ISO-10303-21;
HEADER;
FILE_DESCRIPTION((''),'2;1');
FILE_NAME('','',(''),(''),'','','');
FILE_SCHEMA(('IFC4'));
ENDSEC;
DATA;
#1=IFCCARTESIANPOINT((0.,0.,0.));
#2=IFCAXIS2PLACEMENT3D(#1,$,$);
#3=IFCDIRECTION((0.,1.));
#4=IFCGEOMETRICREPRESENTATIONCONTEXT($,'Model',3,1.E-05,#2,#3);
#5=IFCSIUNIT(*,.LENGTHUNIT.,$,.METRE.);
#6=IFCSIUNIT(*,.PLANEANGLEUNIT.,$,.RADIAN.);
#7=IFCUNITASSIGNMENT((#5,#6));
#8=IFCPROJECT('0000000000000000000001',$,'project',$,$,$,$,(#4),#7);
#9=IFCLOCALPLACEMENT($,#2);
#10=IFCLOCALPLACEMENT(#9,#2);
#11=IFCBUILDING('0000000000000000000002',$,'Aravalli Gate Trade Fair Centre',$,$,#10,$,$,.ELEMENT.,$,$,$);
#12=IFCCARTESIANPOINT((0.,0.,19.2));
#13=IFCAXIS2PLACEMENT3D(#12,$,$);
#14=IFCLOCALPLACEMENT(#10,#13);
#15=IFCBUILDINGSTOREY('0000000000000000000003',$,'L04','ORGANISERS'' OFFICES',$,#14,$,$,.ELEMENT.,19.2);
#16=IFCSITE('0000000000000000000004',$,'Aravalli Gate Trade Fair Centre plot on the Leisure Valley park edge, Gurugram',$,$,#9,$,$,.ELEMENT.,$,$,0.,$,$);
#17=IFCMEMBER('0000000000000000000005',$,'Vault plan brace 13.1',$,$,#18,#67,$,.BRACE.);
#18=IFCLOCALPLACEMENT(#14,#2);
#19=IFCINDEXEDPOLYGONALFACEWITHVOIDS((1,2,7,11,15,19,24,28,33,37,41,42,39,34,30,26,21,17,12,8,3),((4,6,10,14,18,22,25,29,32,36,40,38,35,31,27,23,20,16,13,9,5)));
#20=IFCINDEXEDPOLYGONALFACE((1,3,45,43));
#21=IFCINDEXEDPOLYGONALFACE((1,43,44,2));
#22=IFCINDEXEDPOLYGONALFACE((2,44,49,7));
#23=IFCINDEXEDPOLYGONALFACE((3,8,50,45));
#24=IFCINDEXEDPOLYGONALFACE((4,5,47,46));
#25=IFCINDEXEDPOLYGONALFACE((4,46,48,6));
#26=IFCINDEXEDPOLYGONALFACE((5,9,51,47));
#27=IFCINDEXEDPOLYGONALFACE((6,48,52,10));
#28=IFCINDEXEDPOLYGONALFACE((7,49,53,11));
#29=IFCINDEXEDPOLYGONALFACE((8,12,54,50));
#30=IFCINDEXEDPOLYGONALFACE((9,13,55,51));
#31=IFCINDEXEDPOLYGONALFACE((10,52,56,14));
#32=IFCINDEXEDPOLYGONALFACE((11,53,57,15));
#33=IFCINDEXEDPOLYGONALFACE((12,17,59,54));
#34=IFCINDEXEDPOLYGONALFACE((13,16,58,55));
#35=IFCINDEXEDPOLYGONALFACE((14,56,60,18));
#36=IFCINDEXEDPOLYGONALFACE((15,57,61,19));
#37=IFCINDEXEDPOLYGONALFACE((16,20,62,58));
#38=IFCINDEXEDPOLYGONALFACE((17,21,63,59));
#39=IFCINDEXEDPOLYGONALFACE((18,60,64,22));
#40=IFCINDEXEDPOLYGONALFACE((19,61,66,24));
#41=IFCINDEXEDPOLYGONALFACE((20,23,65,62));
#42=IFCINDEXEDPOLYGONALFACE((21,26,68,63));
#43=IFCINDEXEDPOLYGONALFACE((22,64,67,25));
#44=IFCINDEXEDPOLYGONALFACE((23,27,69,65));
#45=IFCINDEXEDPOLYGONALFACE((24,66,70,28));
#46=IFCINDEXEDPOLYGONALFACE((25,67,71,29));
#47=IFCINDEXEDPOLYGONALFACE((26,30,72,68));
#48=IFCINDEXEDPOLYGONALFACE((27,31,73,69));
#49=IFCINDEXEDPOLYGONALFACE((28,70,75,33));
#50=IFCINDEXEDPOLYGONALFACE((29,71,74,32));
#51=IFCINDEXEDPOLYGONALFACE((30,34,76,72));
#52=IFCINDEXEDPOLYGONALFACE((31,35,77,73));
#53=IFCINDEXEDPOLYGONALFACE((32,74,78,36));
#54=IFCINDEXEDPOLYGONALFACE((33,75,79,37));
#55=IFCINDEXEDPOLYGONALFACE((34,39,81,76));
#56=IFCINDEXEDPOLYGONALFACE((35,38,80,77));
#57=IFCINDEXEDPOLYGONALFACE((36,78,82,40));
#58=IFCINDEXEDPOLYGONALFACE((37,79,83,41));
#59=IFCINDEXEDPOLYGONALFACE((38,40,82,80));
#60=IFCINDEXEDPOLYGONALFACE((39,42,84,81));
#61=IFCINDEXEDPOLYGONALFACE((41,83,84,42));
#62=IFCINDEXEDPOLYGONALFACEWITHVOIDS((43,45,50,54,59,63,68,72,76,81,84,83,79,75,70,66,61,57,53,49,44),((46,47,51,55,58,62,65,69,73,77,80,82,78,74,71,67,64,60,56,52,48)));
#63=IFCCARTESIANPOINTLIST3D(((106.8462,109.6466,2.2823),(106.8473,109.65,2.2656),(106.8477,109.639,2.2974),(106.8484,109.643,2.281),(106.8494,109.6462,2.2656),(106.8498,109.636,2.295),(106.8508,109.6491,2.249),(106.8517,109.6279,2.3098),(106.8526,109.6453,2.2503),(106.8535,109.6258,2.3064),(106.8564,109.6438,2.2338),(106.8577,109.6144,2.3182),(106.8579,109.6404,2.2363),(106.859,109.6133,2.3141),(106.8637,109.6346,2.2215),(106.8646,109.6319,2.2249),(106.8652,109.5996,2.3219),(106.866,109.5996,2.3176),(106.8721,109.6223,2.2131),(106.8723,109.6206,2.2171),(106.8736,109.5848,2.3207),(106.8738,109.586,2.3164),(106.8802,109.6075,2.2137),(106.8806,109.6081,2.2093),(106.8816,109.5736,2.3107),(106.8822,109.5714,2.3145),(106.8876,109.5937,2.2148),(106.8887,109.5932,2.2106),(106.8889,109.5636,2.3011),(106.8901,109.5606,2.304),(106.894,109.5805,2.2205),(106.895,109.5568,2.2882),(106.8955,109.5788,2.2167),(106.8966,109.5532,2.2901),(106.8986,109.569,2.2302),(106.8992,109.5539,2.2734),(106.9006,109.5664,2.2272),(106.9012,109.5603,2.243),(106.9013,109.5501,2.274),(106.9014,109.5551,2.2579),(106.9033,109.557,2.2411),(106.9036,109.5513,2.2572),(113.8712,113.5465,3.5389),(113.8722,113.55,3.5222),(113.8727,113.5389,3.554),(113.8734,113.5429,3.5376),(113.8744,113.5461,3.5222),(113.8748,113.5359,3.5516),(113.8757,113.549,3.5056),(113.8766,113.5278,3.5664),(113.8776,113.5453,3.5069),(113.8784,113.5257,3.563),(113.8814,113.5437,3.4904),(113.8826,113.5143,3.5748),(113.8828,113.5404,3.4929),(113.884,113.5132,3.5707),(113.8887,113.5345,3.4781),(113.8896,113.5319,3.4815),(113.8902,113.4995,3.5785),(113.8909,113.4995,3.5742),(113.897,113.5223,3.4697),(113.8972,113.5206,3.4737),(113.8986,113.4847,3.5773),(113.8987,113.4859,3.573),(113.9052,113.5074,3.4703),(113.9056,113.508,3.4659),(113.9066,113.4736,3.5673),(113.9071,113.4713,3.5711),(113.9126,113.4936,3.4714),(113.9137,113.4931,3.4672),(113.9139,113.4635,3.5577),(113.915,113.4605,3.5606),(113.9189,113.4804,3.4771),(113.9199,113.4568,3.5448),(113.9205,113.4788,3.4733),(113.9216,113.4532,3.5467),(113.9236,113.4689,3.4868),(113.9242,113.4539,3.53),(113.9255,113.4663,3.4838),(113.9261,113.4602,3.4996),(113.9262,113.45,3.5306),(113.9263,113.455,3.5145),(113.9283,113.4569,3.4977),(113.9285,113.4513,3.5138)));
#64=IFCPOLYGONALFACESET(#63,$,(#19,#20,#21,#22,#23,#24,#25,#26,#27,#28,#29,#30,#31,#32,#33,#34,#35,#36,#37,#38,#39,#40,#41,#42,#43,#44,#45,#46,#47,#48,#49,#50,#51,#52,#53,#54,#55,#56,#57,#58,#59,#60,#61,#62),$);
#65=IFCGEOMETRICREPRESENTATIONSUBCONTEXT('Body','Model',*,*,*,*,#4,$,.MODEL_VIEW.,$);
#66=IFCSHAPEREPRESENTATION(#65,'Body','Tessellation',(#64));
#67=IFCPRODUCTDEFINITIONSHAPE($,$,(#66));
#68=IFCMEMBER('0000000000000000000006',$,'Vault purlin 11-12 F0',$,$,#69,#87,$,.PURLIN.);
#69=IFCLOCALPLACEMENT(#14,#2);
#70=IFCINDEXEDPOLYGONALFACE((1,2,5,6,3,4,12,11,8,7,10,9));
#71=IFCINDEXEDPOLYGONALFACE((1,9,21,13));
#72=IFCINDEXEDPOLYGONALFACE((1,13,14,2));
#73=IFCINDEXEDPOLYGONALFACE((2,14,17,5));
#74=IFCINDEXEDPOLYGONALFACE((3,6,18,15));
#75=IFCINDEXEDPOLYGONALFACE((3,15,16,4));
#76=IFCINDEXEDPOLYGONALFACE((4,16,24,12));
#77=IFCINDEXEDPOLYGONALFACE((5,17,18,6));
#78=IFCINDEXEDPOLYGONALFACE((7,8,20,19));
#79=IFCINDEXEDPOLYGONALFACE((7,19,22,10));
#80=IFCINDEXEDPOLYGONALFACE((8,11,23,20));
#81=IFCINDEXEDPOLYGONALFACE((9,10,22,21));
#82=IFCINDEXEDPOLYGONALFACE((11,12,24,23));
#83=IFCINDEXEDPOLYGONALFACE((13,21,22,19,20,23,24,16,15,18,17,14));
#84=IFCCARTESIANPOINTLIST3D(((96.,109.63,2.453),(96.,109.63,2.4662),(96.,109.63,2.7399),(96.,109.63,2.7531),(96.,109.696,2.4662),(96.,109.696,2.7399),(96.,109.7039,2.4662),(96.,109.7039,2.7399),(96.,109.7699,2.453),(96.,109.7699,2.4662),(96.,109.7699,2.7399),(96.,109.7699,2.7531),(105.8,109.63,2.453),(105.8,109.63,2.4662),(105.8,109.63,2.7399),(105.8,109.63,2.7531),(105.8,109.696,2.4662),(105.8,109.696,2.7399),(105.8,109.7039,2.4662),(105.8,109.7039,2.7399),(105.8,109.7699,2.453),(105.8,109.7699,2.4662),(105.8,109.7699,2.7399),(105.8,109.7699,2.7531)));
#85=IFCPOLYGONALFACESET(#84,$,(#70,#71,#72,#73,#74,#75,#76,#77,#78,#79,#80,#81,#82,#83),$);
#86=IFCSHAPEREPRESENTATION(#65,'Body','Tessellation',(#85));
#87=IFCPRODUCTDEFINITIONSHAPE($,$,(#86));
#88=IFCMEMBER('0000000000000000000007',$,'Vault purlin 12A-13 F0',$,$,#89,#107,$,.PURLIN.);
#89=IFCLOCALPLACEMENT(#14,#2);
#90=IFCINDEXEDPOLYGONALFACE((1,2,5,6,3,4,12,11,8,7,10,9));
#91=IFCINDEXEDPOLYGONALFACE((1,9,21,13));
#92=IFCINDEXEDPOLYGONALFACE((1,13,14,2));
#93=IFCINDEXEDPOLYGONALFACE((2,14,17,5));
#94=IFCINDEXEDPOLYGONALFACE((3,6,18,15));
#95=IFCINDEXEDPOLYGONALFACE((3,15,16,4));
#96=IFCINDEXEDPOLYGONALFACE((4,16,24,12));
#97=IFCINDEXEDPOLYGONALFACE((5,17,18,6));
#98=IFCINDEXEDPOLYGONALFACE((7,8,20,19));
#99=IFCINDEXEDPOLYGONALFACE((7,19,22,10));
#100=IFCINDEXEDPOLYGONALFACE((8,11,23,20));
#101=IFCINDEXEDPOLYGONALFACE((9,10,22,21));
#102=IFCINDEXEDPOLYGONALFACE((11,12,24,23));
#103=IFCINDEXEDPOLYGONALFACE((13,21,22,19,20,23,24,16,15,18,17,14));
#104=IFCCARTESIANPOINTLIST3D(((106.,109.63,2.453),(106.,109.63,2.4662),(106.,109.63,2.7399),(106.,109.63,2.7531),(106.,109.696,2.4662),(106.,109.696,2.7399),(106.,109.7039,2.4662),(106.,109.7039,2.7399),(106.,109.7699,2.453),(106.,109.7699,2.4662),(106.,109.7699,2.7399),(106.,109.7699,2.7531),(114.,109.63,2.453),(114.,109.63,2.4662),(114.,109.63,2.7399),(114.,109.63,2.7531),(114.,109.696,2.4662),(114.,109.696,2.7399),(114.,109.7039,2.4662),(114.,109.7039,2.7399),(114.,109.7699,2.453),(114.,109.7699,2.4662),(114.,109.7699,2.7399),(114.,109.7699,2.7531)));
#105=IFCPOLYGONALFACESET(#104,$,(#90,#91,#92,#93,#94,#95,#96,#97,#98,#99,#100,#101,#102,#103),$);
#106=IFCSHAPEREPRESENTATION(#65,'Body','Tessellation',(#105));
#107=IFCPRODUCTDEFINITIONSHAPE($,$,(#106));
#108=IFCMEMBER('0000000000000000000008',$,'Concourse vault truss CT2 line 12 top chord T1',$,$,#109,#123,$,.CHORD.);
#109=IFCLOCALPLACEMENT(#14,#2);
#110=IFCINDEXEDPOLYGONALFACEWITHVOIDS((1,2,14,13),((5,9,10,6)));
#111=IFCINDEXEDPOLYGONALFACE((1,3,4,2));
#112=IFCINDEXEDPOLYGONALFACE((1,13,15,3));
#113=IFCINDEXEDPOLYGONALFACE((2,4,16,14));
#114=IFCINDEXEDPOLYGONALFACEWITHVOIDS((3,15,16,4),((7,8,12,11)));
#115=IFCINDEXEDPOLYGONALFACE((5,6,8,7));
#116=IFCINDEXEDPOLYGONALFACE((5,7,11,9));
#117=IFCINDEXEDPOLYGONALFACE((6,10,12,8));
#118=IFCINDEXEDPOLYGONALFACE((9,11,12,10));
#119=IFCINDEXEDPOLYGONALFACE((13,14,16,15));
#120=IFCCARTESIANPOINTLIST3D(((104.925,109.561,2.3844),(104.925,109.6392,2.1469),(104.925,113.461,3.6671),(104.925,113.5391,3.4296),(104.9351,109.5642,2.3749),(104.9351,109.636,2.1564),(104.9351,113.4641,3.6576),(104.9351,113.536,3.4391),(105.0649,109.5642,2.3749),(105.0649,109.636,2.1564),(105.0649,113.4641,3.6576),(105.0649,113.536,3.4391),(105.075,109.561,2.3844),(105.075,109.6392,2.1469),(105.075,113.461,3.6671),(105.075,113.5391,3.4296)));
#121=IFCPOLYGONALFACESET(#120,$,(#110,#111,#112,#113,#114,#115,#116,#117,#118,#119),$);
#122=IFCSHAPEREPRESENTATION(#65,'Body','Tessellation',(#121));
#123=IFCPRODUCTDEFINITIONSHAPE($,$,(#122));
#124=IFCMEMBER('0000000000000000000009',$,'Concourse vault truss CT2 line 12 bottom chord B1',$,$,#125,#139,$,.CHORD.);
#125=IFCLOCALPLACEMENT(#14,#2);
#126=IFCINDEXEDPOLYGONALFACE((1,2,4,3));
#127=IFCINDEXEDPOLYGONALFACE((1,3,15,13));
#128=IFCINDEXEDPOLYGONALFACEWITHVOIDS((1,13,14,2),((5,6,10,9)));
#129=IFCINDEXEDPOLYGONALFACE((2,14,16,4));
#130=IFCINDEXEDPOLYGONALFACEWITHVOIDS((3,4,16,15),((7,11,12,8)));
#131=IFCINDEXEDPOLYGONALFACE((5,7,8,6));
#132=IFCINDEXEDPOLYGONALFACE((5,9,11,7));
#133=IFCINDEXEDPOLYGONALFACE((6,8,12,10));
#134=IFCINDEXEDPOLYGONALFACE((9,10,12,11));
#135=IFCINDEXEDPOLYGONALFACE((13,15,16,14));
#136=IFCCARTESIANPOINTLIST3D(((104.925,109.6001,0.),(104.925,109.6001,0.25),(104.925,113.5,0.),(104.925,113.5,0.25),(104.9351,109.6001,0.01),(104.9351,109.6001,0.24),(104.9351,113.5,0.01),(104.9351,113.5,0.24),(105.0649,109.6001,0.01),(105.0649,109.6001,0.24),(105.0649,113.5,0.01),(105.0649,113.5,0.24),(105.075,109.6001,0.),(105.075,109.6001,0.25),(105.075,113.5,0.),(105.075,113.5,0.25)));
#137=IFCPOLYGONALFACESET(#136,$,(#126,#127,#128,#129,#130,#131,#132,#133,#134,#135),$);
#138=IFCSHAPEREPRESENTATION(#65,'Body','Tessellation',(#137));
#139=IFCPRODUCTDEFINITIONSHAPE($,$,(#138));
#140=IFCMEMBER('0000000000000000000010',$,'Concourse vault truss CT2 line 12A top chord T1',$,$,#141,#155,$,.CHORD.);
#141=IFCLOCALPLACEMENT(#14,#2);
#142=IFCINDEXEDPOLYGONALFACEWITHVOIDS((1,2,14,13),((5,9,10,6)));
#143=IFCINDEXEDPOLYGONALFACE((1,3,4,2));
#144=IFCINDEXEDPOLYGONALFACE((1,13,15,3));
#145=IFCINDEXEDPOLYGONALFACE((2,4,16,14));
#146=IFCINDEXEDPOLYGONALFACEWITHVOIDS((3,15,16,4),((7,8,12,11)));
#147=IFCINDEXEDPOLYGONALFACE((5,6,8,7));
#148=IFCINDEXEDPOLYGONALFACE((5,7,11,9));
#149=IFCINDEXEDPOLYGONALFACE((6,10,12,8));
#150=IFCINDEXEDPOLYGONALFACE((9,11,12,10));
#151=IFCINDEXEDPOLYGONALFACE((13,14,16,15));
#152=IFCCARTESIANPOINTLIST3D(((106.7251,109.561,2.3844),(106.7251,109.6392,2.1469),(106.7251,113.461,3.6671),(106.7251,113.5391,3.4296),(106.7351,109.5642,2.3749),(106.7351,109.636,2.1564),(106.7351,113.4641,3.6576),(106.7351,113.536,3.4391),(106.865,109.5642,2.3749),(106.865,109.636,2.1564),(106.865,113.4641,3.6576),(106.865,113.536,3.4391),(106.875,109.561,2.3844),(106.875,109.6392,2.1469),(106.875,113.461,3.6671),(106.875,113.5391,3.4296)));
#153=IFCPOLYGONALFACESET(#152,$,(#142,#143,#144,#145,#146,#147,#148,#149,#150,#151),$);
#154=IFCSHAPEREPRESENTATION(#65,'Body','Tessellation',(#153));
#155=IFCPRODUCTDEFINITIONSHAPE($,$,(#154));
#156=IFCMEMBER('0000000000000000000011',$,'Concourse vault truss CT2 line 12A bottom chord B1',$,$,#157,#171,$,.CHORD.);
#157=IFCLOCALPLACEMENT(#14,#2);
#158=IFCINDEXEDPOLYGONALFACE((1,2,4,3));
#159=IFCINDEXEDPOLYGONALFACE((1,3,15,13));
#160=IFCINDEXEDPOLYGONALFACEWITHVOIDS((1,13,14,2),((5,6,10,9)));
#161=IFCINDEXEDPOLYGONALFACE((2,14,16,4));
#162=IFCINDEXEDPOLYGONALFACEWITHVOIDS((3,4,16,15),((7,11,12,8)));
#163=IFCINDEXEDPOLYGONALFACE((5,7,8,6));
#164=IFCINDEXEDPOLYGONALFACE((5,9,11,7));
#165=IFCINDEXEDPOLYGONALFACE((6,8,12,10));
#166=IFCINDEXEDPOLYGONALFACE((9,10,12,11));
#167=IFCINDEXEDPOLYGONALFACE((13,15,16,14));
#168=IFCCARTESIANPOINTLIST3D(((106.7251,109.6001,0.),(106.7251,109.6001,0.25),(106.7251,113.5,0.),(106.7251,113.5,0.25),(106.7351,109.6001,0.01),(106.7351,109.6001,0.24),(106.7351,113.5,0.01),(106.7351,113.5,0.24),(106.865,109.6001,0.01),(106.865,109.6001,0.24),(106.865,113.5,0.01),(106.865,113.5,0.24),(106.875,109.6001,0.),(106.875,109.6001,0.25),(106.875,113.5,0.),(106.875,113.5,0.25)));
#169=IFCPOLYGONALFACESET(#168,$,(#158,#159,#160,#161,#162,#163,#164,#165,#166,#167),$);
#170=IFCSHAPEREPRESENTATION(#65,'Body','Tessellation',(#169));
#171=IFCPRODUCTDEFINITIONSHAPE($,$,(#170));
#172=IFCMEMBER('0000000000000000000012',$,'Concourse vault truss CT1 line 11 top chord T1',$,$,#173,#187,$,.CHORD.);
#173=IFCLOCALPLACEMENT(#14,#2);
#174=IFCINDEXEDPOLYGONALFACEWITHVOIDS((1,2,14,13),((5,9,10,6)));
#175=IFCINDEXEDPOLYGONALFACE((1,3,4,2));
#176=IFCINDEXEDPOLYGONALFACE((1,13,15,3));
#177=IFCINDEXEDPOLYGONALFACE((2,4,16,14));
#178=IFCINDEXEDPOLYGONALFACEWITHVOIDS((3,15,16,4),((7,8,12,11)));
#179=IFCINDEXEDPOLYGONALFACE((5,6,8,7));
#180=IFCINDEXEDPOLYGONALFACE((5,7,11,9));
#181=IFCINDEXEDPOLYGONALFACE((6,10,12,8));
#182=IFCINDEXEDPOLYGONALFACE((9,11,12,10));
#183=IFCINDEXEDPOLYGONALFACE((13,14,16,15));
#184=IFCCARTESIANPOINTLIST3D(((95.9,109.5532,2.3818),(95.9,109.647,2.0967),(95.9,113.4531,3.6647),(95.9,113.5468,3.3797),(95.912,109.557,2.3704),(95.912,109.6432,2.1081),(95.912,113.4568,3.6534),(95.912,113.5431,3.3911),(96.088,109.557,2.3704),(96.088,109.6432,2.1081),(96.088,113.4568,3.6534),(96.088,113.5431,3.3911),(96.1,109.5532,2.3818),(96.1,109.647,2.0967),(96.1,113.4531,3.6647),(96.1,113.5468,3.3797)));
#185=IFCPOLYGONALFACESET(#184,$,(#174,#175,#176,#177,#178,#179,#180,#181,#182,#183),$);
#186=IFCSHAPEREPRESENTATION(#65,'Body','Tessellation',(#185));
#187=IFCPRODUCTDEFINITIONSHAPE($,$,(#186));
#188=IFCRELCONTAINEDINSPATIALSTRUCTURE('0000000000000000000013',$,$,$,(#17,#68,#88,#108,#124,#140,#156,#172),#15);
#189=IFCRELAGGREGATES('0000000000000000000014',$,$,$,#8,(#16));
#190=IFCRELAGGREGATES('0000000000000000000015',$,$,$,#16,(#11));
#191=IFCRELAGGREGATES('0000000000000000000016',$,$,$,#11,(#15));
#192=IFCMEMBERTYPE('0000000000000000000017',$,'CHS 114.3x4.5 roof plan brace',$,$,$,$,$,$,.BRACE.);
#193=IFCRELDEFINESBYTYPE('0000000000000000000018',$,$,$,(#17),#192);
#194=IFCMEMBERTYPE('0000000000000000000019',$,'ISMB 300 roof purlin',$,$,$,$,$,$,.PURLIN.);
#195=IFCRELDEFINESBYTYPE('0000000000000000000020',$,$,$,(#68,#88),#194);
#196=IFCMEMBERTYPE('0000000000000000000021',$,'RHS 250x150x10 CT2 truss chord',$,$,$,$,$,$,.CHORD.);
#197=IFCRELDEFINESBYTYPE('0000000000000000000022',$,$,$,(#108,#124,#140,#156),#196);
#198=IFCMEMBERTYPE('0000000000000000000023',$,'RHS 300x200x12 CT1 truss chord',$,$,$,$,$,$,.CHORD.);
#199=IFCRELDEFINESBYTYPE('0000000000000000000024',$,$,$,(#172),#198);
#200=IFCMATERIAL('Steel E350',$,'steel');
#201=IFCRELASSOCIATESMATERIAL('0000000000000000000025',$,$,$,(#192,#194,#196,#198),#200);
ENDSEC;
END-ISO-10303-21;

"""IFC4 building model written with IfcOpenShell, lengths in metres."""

from ifc_helpers import new_model, si_unit, direction, frame, origin, origin_2d, place, context, subcontext, project, spatial, hollow_rectangle, hollow_circle, i_section, extrude, material, material_profile, profile_set, type_object, element, save


model = new_model("IFC4")

# Units and contexts
model_context = context("Model", 3, precision=1e-05, world=origin(), true_north=direction((0.0, 1.0)))
body_context = subcontext(model_context, "Body", "Model", "MODEL_VIEW")
ifc_project = project(units=[si_unit("LENGTHUNIT", "METRE"), si_unit("PLANEANGLEUNIT", "RADIAN")], contexts=[model_context])

# Site, building, storey
site_placement = place(None, origin())
site = spatial("IfcSite", under=ifc_project, at=site_placement, Name="Aravalli Gate Trade Fair Centre plot on the Leisure Valley park edge, Gurugram", CompositionType="ELEMENT", RefElevation=0.0)
building_placement = place(site_placement, origin())
building = spatial("IfcBuilding", under=site, at=building_placement, Name="Aravalli Gate Trade Fair Centre", CompositionType="ELEMENT")
storey_placement = place(building_placement, frame((0.0, 0.0, 19.2)))
storey = spatial("IfcBuildingStorey", under=building, at=storey_placement, Name="L04", Description="ORGANISERS' OFFICES", CompositionType="ELEMENT", Elevation=19.2)

# Members
ifc_material_1 = material(Name="Steel E350", Category="steel")
ifc_material_profile_1 = material_profile(ifc_material_1, hollow_circle(Radius=0.0571, WallThickness=0.0044, at=origin_2d()), Name="CHS 114.3x4.5")
ifc_profile_set_1 = profile_set([ifc_material_profile_1], Name="Steel E350")
member_type_1 = type_object("IfcMemberType", Name="CHS 114.3x4.5 roof plan brace", PredefinedType="BRACE", material=ifc_profile_set_1)
member_1_placement = place(storey_placement, frame((106.875, 109.6001, 2.2656), z_axis=(0.863806, 0.479545, 0.154515), x_axis=(-0.485375, 0.874306, 0.0)))
element("IfcMember", 1, at=member_1_placement, inside=storey, type_object=member_type_1, Name="Vault plan brace 13.1", PredefinedType="BRACE", context=body_context, shape_type="SweptSolid", body=[
    extrude(hollow_circle(Radius=0.0571, WallThickness=0.0044, at=origin_2d()), origin(), (0.0, 0.0, 1.0), 8.1326),
])
ifc_material_profile_2 = material_profile(ifc_material_1, i_section(OverallWidth=0.1399, OverallDepth=0.3, WebThickness=0.0078, FlangeThickness=0.0132, at=origin_2d()), Name="ISMB 300")
ifc_profile_set_2 = profile_set([ifc_material_profile_2], Name="Steel E350")
member_type_2 = type_object("IfcMemberType", Name="ISMB 300 roof purlin", PredefinedType="PURLIN", material=ifc_profile_set_2)
member_2_placement = place(storey_placement, frame((96.0, 109.7, 2.603), z_axis=(1.0, 0.0, 0.0), x_axis=(0.0, 1.0, 0.0)))
element("IfcMember", 2, at=member_2_placement, inside=storey, type_object=member_type_2, Name="Vault purlin 11-12 F0", PredefinedType="PURLIN", context=body_context, shape_type="SweptSolid", body=[
    extrude(i_section(OverallWidth=0.1399, OverallDepth=0.3, WebThickness=0.0078, FlangeThickness=0.0132, at=origin_2d()), origin(), (0.0, 0.0, 1.0), 9.8),
])
member_3_placement = place(storey_placement, frame((106.0, 109.7, 2.603), z_axis=(1.0, 0.0, 0.0), x_axis=(0.0, 1.0, 0.0)))
element("IfcMember", 3, at=member_3_placement, inside=storey, type_object=member_type_2, Name="Vault purlin 12A-13 F0", PredefinedType="PURLIN", context=body_context, shape_type="SweptSolid", body=[
    extrude(i_section(OverallWidth=0.1399, OverallDepth=0.3, WebThickness=0.0078, FlangeThickness=0.0132, at=origin_2d()), origin(), (0.0, 0.0, 1.0), 8.0),
])
ifc_material_profile_3 = material_profile(ifc_material_1, hollow_rectangle(XDim=0.1499, YDim=0.25, WallThickness=0.01, at=origin_2d()), Name="RHS 250x150x10")
ifc_profile_set_3 = profile_set([ifc_material_profile_3], Name="Steel E350")
member_type_3 = type_object("IfcMemberType", Name="RHS 250x150x10 CT2 truss chord", PredefinedType="CHORD", material=ifc_profile_set_3)
member_4_placement = place(storey_placement, frame((105.0, 109.6001, 2.2656), z_axis=(0.0, 0.949936, 0.312443), x_axis=(-1.0, 0.0, 0.0)))
element("IfcMember", 4, at=member_4_placement, inside=storey, type_object=member_type_3, Name="Concourse vault truss CT2 line 12 top chord T1", PredefinedType="CHORD", context=body_context, shape_type="SweptSolid", body=[
    extrude(hollow_rectangle(XDim=0.1499, YDim=0.25, WallThickness=0.01, at=origin_2d()), origin(), (0.0, 0.0, 1.0), 4.1055),
])
member_5_placement = place(storey_placement, frame((105.0, 109.6001, 0.125), z_axis=(0.0, 1.0, 0.0), x_axis=(-1.0, 0.0, 0.0)))
element("IfcMember", 5, at=member_5_placement, inside=storey, type_object=member_type_3, Name="Concourse vault truss CT2 line 12 bottom chord B1", PredefinedType="CHORD", context=body_context, shape_type="SweptSolid", body=[
    extrude(hollow_rectangle(XDim=0.1499, YDim=0.25, WallThickness=0.01, at=origin_2d()), origin(), (0.0, 0.0, 1.0), 3.8999),
])
member_6_placement = place(storey_placement, frame((106.8, 109.6001, 2.2656), z_axis=(0.0, 0.949936, 0.312443), x_axis=(-1.0, 0.0, 0.0)))
element("IfcMember", 6, at=member_6_placement, inside=storey, type_object=member_type_3, Name="Concourse vault truss CT2 line 12A top chord T1", PredefinedType="CHORD", context=body_context, shape_type="SweptSolid", body=[
    extrude(hollow_rectangle(XDim=0.1499, YDim=0.25, WallThickness=0.01, at=origin_2d()), origin(), (0.0, 0.0, 1.0), 4.1055),
])
member_7_placement = place(storey_placement, frame((106.8, 109.6001, 0.125), z_axis=(0.0, 1.0, 0.0), x_axis=(-1.0, 0.0, 0.0)))
element("IfcMember", 7, at=member_7_placement, inside=storey, type_object=member_type_3, Name="Concourse vault truss CT2 line 12A bottom chord B1", PredefinedType="CHORD", context=body_context, shape_type="SweptSolid", body=[
    extrude(hollow_rectangle(XDim=0.1499, YDim=0.25, WallThickness=0.01, at=origin_2d()), origin(), (0.0, 0.0, 1.0), 3.8999),
])
ifc_material_profile_4 = material_profile(ifc_material_1, hollow_rectangle(XDim=0.2, YDim=0.3, WallThickness=0.012, at=origin_2d()), Name="RHS 300x200x12")
ifc_profile_set_4 = profile_set([ifc_material_profile_4], Name="Steel E350")
member_type_4 = type_object("IfcMemberType", Name="RHS 300x200x12 CT1 truss chord", PredefinedType="CHORD", material=ifc_profile_set_4)
member_8_placement = place(storey_placement, frame((96.0, 109.6001, 2.2393), z_axis=(0.0, 0.949919, 0.312497), x_axis=(-1.0, 0.0, 0.0)))
element("IfcMember", 8, at=member_8_placement, inside=storey, type_object=member_type_4, Name="Concourse vault truss CT1 line 11 top chord T1", PredefinedType="CHORD", context=body_context, shape_type="SweptSolid", body=[
    extrude(hollow_rectangle(XDim=0.2, YDim=0.3, WallThickness=0.012, at=origin_2d()), origin(), (0.0, 0.0, 1.0), 4.1055),
])

save(model, "model.ifc")
